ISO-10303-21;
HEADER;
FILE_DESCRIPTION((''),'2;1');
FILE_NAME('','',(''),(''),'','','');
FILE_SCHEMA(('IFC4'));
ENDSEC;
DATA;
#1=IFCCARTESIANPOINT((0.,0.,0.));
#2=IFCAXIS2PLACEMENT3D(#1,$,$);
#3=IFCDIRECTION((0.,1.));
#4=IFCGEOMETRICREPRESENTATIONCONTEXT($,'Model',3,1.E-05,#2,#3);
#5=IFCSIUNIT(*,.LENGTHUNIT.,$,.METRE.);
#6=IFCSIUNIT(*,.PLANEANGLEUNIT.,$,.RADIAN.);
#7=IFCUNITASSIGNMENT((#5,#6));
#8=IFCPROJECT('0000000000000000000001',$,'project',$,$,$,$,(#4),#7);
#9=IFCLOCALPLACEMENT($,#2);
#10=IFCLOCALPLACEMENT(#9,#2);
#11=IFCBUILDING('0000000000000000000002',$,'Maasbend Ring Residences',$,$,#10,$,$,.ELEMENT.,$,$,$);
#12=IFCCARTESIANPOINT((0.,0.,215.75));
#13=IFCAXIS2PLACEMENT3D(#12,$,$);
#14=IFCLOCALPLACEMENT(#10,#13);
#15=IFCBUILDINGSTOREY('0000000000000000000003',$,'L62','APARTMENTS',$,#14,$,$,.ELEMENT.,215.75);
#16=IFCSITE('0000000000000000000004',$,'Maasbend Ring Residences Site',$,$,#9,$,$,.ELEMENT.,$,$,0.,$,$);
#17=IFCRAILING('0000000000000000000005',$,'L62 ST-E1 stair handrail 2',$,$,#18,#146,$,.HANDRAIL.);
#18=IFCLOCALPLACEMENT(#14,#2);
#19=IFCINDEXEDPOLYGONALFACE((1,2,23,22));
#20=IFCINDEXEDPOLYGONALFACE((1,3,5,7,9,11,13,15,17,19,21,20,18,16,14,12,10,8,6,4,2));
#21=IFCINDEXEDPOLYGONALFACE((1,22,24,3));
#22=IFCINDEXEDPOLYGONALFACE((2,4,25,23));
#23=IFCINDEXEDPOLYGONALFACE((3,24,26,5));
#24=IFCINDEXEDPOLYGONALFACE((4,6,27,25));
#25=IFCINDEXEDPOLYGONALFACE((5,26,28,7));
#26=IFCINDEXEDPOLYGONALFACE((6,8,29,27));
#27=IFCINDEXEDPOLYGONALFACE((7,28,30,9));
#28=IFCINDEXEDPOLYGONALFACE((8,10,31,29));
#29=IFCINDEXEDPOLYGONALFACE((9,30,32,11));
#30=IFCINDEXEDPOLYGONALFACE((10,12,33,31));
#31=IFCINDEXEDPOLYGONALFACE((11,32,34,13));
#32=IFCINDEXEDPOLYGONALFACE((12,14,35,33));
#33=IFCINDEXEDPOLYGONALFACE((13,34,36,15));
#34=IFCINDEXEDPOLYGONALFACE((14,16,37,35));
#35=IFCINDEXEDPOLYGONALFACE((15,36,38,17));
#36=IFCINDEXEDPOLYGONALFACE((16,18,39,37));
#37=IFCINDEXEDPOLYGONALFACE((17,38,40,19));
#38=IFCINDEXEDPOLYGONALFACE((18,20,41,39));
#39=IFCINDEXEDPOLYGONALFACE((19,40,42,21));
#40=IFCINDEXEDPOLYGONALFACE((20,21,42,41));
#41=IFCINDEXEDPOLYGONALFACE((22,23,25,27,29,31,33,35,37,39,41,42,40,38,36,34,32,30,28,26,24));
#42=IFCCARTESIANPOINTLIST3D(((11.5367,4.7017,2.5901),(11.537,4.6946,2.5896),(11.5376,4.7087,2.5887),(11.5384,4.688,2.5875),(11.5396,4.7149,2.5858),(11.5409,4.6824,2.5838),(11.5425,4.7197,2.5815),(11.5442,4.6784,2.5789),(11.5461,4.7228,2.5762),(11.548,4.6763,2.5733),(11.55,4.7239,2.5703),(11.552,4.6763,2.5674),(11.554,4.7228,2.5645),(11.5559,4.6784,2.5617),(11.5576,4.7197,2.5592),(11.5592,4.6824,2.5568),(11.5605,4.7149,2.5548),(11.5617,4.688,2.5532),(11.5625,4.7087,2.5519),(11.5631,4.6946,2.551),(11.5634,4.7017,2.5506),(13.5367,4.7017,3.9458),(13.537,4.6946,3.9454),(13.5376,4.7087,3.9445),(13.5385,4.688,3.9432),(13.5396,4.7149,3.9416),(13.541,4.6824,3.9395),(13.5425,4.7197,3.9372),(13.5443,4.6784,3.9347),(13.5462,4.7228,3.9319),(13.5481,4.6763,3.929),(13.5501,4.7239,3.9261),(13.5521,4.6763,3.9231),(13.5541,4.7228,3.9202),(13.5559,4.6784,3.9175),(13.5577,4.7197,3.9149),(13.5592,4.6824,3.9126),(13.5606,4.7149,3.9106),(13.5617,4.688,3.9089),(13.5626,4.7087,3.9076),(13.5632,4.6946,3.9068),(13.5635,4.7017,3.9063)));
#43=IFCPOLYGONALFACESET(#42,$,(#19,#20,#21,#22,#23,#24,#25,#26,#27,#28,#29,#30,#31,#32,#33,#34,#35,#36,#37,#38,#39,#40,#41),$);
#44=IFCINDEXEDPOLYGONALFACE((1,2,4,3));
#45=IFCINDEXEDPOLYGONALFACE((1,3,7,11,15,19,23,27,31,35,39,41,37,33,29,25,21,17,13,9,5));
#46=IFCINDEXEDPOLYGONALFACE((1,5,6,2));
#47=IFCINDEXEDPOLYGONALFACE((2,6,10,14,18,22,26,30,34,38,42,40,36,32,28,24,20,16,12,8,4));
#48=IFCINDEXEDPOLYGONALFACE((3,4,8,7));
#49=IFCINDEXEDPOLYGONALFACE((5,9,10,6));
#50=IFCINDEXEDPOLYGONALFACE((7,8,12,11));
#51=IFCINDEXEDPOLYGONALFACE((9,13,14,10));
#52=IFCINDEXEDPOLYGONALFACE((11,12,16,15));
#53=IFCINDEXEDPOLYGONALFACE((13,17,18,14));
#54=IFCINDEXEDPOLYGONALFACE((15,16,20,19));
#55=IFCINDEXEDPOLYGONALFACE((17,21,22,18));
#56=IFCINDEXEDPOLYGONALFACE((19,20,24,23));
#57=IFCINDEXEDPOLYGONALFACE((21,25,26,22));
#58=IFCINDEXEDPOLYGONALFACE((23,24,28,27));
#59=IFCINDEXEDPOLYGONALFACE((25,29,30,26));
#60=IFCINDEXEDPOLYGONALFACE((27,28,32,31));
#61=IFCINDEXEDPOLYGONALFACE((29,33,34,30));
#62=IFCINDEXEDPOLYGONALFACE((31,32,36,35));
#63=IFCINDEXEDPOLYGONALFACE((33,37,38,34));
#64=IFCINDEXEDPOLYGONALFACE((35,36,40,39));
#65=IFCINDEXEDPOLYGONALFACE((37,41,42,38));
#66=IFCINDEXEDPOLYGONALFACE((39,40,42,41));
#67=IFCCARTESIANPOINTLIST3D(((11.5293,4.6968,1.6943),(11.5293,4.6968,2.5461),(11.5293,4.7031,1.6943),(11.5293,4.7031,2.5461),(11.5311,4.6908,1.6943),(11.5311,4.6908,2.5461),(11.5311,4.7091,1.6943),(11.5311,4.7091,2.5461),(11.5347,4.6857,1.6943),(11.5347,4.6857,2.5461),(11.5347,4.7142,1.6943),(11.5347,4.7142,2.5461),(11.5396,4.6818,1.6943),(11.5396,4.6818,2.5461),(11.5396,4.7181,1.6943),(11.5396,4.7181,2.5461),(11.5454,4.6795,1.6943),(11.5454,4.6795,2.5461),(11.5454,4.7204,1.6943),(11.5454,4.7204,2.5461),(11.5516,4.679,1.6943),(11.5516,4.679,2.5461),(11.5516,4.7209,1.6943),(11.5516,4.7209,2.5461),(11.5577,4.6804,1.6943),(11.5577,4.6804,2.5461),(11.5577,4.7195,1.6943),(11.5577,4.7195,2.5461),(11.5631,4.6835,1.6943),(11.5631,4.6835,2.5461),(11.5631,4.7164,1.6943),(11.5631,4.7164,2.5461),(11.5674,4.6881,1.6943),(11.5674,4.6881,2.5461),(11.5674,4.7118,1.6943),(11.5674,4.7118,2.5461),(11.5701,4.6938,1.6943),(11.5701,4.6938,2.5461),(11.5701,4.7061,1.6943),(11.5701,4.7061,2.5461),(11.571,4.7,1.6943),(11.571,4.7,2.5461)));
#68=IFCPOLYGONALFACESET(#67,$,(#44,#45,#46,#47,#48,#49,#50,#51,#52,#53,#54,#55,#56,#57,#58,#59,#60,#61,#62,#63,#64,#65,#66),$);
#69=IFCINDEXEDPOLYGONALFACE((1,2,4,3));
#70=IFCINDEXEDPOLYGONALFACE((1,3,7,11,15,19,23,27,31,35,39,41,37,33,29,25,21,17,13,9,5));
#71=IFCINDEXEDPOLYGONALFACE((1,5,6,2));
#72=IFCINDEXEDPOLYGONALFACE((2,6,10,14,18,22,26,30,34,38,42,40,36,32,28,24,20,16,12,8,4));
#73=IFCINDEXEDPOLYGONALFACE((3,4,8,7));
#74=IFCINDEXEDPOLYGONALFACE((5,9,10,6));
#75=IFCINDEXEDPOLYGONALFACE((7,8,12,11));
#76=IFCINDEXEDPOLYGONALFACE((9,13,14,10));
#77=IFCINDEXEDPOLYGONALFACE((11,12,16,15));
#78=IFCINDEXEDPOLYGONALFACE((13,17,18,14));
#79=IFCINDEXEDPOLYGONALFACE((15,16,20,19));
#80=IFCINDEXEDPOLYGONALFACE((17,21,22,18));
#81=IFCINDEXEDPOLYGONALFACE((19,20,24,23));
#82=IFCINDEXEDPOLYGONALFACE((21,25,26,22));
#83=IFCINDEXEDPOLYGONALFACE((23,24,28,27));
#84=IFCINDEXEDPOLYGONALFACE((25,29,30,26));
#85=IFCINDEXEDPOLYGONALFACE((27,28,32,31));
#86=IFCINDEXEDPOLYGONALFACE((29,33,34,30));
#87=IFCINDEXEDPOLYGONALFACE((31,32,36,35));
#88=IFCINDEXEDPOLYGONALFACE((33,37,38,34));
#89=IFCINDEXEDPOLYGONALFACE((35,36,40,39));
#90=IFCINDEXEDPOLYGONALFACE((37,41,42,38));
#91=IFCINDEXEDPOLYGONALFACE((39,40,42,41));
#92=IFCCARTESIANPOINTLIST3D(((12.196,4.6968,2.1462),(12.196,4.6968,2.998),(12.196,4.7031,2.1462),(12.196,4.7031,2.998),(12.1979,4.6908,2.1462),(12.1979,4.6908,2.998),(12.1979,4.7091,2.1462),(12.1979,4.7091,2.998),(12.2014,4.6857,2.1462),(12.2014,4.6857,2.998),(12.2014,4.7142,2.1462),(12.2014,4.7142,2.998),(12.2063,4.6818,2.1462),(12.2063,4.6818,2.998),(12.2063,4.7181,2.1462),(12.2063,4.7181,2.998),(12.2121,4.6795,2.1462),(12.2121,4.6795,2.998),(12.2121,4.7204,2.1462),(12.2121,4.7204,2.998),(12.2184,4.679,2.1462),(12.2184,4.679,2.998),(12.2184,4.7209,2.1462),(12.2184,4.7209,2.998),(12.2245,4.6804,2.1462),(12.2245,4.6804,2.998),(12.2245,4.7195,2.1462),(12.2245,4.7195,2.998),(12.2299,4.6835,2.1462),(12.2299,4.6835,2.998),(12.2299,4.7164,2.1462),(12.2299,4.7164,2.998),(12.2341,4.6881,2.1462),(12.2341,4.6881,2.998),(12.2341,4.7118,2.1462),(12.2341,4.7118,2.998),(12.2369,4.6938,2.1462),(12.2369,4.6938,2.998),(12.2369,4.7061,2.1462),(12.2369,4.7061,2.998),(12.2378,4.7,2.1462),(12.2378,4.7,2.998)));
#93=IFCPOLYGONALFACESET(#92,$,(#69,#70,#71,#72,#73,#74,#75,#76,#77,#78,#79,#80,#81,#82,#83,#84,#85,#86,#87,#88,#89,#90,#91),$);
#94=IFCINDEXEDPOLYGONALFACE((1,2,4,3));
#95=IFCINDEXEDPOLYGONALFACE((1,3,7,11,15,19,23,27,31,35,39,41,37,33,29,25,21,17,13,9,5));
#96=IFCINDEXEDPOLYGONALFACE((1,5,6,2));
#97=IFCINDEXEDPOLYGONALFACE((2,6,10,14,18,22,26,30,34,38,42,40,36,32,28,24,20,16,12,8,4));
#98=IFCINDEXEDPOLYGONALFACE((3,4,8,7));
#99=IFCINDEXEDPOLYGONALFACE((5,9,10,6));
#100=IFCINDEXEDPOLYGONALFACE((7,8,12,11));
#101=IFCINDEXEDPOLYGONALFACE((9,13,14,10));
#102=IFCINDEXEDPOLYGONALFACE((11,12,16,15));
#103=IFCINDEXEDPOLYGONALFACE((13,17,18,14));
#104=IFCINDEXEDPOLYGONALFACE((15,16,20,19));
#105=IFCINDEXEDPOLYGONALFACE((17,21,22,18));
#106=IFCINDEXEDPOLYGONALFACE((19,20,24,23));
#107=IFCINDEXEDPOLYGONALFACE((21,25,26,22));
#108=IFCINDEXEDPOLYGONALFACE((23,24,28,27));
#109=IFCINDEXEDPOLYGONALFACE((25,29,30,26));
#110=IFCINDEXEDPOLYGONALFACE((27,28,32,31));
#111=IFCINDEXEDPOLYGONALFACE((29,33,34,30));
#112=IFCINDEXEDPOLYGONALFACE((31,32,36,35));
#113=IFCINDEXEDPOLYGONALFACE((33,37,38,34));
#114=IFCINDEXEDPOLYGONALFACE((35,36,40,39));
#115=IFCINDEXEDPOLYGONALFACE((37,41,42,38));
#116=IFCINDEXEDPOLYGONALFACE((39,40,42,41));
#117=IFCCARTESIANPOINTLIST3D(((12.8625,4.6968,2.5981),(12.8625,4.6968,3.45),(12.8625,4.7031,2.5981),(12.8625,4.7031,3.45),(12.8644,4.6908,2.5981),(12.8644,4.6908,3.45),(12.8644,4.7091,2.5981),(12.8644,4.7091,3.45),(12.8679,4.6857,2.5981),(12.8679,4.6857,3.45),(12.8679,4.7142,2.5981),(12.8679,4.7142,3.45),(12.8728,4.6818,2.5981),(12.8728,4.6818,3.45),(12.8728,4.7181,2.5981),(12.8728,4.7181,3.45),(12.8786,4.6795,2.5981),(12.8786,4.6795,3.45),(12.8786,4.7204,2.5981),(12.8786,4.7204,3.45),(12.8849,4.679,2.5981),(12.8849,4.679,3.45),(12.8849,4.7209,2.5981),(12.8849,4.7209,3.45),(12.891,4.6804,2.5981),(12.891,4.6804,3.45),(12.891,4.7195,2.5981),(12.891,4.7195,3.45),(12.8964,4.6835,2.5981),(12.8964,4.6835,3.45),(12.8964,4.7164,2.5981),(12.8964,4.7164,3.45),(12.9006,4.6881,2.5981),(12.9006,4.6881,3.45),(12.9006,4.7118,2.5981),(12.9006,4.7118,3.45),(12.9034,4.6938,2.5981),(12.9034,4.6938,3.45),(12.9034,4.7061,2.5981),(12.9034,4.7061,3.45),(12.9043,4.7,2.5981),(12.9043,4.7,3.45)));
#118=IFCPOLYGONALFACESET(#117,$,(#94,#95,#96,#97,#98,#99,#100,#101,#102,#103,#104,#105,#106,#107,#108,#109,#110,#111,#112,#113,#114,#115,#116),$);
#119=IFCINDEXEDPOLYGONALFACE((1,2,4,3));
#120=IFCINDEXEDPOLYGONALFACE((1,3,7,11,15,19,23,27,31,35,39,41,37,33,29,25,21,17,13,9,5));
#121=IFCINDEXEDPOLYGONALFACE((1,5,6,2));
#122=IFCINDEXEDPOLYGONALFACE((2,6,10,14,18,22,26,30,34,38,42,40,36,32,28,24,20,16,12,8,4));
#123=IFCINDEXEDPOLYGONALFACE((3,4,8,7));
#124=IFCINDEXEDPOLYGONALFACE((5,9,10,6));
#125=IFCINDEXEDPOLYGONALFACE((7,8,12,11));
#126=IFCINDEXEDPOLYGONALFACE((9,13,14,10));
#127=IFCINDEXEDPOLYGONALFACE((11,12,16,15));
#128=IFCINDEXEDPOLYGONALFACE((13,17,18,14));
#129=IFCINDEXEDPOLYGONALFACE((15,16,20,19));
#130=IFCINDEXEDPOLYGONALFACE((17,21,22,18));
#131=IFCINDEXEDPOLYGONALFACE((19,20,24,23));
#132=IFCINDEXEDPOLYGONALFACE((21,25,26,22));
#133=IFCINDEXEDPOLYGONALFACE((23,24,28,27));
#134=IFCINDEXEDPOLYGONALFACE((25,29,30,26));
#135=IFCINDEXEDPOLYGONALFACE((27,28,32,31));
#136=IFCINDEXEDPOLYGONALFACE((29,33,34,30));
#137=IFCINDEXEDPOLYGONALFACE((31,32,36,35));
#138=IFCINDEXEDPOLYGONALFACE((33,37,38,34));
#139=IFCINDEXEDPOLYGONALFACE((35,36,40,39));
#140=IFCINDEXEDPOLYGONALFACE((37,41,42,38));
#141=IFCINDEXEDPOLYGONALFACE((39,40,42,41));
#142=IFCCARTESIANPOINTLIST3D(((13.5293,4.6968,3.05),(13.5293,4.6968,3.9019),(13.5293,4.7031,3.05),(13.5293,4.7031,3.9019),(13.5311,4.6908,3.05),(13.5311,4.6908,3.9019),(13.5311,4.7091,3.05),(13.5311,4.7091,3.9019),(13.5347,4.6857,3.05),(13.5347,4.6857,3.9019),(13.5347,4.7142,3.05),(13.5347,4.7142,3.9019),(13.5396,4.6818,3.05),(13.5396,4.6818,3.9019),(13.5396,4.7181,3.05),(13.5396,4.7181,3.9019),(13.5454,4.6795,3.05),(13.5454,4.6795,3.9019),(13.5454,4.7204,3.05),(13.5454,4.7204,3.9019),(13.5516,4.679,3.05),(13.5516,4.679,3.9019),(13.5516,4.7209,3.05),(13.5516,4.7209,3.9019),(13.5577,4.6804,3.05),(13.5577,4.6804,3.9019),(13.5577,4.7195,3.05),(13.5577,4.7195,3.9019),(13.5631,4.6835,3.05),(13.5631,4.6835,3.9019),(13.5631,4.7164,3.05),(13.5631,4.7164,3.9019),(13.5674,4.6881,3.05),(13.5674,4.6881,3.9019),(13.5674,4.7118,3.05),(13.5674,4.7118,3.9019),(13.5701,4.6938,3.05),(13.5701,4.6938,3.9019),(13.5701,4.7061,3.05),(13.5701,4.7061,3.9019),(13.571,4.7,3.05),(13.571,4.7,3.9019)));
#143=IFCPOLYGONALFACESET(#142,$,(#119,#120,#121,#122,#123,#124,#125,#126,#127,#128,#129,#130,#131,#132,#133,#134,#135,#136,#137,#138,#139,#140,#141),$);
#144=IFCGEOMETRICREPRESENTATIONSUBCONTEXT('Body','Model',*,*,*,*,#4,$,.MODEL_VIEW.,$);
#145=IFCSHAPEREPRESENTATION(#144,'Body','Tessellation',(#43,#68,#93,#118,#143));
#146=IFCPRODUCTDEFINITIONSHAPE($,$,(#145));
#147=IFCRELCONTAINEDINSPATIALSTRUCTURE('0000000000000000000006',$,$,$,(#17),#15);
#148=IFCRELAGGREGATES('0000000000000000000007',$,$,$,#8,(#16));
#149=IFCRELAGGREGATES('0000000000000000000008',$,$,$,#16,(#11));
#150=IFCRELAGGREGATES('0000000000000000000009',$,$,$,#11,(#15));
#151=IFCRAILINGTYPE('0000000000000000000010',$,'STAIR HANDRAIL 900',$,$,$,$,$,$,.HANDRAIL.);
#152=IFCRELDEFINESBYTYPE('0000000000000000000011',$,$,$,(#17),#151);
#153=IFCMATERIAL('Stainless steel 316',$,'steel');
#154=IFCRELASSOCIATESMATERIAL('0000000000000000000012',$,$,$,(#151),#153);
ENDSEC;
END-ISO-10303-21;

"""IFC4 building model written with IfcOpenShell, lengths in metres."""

from ifc_helpers import new_model, si_unit, direction, frame, origin, origin_2d, place, context, subcontext, project, spatial, circle, extrude, material, type_object, element, save


model = new_model("IFC4")

# Units and contexts
model_context = context("Model", 3, precision=1e-05, world=origin(), true_north=direction((0.0, 1.0)))
body_context = subcontext(model_context, "Body", "Model", "MODEL_VIEW")
ifc_project = project(units=[si_unit("LENGTHUNIT", "METRE"), si_unit("PLANEANGLEUNIT", "RADIAN")], contexts=[model_context])

# Site, building, storey
site_placement = place(None, origin())
site = spatial("IfcSite", under=ifc_project, at=site_placement, Name="Maasbend Ring Residences Site", CompositionType="ELEMENT", RefElevation=0.0)
building_placement = place(site_placement, origin())
building = spatial("IfcBuilding", under=site, at=building_placement, Name="Maasbend Ring Residences", CompositionType="ELEMENT")
storey_placement = place(building_placement, frame((0.0, 0.0, 215.75)))
storey = spatial("IfcBuildingStorey", under=building, at=storey_placement, Name="L62", Description="APARTMENTS", CompositionType="ELEMENT", Elevation=215.75)

# Railing
ifc_material_1 = material(Name="Stainless steel 316", Category="steel")
railing_type_1 = type_object("IfcRailingType", Name="STAIR HANDRAIL 900", PredefinedType="HANDRAIL", material=ifc_material_1)
railing_1_placement = place(storey_placement, frame((11.55, 4.7, 1.6943)))
element("IfcRailing", 1, at=railing_1_placement, inside=storey, type_object=railing_type_1, Name="L62 ST-E1 stair handrail 2", PredefinedType="HANDRAIL", context=body_context, shape_type="SweptSolid", body=[
    extrude(circle(Radius=0.0239, at=origin_2d()), frame((0.0, 0.0, 0.876), z_axis=(0.827751, 0.0, 0.561096), x_axis=(0.0, 1.0, 0.0)), (0.0, 0.0, 1.0), 2.4163),
    extrude(circle(Radius=0.021, at=origin_2d()), origin(), (0.0, 0.0, 1.0), 0.8518),
    extrude(circle(Radius=0.021, at=origin_2d()), frame((0.6667, 0.0, 0.4519)), (0.0, 0.0, 1.0), 0.8518),
    extrude(circle(Radius=0.021, at=origin_2d()), frame((1.3333, 0.0, 0.9038)), (0.0, 0.0, 1.0), 0.8518),
    extrude(circle(Radius=0.021, at=origin_2d()), frame((2.0, 0.0, 1.3557)), (0.0, 0.0, 1.0), 0.8518),
])

save(model, "model.ifc")
